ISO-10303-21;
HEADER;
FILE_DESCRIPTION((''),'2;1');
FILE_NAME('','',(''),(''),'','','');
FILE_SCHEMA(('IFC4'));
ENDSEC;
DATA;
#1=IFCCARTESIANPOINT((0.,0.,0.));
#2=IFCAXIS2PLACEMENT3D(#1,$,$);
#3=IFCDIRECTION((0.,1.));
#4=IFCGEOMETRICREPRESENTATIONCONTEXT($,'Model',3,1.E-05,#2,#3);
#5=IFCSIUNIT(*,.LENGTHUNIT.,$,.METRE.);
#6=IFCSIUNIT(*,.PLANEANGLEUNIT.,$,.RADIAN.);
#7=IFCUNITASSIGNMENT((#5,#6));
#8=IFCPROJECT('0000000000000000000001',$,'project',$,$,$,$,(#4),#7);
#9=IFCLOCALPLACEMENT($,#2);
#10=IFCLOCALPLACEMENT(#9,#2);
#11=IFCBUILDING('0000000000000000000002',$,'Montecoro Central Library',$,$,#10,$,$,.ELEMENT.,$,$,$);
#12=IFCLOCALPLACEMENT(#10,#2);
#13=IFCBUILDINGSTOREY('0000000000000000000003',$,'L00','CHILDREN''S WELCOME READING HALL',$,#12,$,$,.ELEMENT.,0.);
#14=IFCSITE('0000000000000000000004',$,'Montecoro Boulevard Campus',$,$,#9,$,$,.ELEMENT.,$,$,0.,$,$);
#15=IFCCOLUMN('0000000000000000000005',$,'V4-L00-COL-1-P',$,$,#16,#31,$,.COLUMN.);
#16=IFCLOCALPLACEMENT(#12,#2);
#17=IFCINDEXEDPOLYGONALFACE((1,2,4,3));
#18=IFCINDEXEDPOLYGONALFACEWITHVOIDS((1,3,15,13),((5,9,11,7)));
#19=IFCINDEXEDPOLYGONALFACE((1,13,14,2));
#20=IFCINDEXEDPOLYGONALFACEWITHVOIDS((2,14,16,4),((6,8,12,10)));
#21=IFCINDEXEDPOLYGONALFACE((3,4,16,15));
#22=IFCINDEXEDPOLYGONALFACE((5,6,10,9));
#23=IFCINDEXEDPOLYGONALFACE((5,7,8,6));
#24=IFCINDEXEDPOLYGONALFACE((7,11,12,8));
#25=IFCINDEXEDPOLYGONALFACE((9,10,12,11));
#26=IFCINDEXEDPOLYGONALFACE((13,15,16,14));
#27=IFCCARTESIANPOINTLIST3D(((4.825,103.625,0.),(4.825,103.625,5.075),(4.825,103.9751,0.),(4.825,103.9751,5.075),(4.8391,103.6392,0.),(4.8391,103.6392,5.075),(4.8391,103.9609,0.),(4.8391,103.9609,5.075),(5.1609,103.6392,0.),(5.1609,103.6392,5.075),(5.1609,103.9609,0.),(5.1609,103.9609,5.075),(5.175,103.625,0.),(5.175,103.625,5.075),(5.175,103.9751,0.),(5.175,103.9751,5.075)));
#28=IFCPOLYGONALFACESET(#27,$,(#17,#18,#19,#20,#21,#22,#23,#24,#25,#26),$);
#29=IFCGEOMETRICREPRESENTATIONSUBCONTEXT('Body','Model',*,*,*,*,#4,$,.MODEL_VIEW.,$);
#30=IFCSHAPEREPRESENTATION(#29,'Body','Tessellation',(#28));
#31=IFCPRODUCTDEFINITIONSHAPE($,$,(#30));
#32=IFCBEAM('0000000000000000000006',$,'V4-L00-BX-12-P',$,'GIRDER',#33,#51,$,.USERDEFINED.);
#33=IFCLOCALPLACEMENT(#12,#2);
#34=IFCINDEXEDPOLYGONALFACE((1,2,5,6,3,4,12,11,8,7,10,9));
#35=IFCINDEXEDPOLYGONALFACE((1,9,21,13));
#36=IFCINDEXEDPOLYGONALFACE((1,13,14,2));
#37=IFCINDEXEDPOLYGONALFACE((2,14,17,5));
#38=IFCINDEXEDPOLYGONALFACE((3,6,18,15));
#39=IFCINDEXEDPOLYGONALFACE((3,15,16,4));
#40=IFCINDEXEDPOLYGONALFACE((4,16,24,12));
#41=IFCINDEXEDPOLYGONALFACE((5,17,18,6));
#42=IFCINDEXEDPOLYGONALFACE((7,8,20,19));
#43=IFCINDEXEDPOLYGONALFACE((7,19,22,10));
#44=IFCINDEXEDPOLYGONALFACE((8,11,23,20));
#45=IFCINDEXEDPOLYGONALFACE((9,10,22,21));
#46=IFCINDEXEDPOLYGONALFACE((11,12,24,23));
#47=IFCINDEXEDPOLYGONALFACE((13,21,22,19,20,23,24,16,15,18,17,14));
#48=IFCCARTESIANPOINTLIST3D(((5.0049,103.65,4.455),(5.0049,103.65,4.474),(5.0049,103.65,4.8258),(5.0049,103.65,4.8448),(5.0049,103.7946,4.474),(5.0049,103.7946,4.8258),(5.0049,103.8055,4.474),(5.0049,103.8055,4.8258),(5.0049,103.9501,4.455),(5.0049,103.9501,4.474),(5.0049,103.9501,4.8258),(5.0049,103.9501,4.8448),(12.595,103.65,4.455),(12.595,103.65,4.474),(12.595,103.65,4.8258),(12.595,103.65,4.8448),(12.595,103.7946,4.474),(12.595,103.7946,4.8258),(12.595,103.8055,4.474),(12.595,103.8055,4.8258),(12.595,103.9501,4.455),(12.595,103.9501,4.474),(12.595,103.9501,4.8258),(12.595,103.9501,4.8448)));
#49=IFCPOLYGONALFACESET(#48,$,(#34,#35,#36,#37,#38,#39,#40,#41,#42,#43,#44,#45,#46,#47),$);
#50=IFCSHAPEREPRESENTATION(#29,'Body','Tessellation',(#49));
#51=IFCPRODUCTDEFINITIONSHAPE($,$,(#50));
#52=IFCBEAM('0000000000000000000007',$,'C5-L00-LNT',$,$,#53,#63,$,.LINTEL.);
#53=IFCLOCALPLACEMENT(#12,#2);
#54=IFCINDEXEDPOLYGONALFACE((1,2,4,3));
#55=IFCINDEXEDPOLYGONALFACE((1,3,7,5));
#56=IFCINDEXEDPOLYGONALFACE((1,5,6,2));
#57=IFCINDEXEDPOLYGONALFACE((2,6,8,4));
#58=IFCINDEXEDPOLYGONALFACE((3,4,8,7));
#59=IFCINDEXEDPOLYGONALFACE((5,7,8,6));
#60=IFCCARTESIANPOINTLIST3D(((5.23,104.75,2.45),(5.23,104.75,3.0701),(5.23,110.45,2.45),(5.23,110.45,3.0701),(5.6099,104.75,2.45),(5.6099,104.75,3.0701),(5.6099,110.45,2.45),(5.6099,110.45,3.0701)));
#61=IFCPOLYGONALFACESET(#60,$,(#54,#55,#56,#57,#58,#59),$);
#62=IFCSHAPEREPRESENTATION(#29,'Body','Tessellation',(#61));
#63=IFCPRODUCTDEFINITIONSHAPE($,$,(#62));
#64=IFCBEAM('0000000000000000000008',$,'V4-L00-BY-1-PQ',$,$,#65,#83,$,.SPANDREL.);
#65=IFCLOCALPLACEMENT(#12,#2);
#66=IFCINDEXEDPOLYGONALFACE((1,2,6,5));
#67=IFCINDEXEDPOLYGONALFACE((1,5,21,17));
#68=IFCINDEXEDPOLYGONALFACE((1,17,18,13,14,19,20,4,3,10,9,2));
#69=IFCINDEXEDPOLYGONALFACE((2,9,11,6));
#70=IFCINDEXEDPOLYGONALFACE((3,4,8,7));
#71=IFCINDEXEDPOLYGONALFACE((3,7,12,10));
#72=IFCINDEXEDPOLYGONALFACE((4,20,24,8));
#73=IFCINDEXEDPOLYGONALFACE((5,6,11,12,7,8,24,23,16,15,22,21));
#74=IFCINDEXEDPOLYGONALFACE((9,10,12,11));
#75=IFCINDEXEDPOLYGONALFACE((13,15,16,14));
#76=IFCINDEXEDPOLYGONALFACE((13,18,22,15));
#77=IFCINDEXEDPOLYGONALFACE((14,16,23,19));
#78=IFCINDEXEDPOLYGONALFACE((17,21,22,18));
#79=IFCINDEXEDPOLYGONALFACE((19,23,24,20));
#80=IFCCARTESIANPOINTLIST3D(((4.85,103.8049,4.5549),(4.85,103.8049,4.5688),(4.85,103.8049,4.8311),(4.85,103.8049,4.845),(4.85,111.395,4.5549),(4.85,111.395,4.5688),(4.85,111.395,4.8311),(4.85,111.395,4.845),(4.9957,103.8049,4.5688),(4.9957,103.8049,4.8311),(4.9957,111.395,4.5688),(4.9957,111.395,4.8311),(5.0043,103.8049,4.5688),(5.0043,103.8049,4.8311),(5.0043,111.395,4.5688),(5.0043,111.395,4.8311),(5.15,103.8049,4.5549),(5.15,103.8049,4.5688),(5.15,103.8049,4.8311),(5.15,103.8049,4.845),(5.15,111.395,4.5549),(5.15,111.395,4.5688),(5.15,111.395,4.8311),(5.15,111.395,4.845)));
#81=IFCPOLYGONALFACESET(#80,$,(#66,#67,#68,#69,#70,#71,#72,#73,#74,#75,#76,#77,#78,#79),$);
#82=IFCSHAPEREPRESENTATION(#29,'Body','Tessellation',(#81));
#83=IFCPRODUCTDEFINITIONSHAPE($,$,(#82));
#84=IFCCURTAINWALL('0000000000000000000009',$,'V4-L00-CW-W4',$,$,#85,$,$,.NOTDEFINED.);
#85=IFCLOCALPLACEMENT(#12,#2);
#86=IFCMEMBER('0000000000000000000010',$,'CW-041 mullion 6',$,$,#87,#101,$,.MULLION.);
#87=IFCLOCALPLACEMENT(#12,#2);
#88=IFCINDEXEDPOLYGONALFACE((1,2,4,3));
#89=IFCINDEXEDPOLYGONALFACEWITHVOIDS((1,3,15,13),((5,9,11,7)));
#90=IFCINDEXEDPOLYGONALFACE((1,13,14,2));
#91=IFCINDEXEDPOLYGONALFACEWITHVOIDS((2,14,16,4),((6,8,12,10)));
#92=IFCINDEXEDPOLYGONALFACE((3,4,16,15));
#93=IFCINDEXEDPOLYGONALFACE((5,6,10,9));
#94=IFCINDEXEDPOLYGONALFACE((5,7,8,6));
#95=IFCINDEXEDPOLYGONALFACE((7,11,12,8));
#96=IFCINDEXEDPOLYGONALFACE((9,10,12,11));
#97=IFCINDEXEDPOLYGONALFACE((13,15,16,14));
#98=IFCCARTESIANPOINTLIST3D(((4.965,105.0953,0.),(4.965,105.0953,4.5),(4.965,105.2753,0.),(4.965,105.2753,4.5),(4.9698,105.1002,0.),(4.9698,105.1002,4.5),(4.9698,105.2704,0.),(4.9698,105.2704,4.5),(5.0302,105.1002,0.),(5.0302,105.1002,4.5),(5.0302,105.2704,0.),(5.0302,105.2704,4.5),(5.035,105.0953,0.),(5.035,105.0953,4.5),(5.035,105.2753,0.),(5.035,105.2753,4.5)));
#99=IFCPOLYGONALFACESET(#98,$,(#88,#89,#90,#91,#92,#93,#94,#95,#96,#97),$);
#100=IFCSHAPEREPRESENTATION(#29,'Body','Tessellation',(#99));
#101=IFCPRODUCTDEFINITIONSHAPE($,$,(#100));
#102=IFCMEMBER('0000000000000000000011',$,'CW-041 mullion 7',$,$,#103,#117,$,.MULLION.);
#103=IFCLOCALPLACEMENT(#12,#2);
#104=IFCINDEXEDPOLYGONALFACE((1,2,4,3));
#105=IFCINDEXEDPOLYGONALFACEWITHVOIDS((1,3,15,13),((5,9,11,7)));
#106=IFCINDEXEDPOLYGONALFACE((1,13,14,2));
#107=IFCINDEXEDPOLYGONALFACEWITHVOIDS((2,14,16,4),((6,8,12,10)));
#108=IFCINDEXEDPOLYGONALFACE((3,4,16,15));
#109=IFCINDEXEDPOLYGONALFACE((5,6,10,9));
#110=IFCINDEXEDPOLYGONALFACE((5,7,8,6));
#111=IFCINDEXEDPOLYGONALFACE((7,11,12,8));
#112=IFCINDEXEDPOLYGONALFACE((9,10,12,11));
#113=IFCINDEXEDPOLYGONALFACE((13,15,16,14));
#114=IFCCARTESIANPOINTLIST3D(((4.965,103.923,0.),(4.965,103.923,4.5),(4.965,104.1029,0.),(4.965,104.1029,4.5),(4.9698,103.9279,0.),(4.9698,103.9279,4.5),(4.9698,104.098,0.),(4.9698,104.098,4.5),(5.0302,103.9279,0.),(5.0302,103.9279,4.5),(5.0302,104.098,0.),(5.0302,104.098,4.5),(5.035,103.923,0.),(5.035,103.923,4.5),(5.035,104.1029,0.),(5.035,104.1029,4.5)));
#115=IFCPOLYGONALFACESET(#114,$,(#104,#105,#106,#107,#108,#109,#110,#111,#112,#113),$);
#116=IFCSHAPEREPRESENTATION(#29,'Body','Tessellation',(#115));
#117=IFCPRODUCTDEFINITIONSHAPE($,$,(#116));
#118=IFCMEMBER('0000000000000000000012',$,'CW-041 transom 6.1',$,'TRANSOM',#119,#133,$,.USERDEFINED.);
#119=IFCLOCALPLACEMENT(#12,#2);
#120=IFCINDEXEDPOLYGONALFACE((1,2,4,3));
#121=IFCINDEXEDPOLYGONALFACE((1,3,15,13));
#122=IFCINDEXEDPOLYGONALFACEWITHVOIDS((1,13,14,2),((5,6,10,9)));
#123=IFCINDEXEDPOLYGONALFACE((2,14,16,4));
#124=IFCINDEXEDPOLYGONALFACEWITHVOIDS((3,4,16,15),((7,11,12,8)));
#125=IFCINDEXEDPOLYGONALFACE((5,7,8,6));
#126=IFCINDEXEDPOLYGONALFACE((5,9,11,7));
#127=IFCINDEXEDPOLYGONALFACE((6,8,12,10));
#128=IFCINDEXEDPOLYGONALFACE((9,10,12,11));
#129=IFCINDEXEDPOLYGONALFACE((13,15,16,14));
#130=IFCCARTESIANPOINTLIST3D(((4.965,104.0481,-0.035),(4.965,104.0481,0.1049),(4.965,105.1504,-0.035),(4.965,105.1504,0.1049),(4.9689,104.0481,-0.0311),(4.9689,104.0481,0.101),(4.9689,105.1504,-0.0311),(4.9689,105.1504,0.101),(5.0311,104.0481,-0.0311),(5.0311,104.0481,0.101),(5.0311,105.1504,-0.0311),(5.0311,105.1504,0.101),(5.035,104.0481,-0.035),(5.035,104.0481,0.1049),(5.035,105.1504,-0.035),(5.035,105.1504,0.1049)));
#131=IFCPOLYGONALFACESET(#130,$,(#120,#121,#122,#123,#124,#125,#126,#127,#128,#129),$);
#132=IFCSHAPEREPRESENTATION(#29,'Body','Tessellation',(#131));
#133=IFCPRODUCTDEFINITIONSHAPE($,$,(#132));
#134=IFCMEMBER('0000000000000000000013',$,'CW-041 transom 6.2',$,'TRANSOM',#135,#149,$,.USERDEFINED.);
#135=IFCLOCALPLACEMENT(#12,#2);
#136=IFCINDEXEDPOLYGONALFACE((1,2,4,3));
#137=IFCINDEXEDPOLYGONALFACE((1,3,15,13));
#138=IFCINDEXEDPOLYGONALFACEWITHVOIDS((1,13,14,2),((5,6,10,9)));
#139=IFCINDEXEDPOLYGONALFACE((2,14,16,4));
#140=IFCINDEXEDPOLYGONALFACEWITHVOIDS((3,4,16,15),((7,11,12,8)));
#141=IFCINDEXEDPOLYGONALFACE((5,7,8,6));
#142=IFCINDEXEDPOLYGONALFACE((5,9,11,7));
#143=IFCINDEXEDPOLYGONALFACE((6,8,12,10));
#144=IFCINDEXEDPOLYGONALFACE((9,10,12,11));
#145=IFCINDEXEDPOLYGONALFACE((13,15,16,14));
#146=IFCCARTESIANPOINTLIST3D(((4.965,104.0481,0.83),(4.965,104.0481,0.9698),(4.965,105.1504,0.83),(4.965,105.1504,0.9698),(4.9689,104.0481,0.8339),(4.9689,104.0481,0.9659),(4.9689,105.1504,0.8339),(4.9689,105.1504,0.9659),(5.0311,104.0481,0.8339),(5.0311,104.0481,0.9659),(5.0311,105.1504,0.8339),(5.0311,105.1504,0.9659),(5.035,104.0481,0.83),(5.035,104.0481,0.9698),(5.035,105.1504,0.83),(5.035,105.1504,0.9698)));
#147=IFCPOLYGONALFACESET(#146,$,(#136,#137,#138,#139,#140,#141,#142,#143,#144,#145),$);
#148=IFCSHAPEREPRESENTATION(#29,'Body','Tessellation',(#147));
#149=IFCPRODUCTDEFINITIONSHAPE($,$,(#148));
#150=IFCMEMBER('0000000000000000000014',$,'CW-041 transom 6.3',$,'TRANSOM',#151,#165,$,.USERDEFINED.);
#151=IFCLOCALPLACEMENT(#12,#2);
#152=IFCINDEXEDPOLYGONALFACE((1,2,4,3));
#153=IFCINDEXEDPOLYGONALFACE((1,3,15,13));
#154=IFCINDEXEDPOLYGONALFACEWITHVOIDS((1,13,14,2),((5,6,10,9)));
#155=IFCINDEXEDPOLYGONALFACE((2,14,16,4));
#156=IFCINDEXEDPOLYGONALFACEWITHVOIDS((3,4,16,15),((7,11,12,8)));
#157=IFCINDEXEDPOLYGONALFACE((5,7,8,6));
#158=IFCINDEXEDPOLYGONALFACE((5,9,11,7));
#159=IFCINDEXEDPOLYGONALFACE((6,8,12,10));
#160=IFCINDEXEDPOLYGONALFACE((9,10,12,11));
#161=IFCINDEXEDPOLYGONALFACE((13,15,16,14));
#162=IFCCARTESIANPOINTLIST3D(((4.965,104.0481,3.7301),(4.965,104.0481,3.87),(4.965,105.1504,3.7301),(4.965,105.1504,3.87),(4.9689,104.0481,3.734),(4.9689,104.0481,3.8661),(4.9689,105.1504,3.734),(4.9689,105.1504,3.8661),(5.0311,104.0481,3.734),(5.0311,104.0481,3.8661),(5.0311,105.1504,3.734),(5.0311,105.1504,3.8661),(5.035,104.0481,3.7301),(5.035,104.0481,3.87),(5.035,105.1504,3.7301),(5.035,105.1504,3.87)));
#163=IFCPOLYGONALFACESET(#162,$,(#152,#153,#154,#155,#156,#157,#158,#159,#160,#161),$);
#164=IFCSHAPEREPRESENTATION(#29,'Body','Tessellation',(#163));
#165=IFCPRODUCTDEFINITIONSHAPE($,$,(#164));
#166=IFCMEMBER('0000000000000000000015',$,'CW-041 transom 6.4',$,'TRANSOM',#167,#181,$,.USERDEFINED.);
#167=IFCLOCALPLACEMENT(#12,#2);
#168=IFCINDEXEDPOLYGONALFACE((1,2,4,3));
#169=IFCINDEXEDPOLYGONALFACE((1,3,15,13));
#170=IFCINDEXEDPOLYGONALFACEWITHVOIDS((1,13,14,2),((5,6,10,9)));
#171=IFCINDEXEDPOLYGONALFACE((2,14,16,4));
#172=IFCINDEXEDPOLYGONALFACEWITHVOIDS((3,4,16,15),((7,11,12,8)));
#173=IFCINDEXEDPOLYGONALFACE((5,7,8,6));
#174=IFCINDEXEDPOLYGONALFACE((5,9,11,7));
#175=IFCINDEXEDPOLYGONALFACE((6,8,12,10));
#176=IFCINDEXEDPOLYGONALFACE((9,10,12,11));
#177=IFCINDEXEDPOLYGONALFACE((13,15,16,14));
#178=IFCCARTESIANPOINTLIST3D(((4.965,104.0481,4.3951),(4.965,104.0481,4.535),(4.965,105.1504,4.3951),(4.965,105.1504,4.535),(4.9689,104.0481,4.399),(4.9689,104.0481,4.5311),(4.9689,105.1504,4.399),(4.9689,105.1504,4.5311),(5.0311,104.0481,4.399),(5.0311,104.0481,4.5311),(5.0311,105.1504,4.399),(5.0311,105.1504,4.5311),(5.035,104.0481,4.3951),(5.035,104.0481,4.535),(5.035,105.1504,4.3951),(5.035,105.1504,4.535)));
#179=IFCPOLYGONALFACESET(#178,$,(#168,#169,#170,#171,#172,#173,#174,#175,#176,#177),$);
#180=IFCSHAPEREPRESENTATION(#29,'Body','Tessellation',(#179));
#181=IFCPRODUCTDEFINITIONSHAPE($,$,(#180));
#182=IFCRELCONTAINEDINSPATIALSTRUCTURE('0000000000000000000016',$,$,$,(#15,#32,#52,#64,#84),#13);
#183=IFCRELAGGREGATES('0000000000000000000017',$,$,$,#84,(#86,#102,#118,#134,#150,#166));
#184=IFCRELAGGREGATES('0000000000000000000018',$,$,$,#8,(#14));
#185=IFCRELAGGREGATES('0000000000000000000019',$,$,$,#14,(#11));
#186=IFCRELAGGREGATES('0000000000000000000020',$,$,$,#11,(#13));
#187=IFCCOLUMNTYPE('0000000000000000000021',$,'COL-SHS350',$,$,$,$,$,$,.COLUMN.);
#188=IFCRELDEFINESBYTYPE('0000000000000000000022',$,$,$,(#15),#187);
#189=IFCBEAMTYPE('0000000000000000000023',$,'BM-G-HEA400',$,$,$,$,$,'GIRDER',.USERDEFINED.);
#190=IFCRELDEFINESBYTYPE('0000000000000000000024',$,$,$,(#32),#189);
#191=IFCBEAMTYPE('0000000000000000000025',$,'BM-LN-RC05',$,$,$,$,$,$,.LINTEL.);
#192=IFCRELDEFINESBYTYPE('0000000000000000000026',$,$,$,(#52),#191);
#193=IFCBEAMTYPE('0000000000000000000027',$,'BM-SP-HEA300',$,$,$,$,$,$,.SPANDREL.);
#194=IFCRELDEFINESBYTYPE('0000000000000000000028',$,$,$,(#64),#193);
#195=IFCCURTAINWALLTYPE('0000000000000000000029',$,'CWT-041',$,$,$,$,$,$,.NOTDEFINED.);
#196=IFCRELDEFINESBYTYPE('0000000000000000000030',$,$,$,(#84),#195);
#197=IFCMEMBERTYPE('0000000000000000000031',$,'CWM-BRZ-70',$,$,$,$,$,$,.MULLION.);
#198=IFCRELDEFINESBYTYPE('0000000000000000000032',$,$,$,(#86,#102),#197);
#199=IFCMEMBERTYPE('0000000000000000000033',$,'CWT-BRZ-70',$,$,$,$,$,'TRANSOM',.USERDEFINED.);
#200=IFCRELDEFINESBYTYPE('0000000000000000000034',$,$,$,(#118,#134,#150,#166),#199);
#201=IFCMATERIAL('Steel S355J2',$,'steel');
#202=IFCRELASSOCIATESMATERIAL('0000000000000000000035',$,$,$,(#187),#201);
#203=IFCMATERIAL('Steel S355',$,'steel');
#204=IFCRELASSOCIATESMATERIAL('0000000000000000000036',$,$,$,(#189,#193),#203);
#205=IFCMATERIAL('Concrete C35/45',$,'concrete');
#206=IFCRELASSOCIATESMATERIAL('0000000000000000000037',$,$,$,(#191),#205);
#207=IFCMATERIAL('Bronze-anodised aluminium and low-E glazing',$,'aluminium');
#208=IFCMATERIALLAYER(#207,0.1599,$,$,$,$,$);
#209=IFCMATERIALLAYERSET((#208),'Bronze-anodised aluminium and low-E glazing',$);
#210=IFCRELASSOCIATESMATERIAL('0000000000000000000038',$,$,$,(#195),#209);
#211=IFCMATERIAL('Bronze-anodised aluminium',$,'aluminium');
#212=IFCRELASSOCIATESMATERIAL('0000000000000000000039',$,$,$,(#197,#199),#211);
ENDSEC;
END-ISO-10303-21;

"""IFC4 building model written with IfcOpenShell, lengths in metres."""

from ifc_helpers import new_model, si_unit, direction, frame, origin, origin_2d, place, context, subcontext, project, spatial, rectangle, hollow_rectangle, i_section, extrude, material, layer, layer_set, material_profile, profile_set, type_object, element, aggregate, save


model = new_model("IFC4")

# Units and contexts
model_context = context("Model", 3, precision=1e-05, world=origin(), true_north=direction((0.0, 1.0)))
body_context = subcontext(model_context, "Body", "Model", "MODEL_VIEW")
ifc_project = project(units=[si_unit("LENGTHUNIT", "METRE"), si_unit("PLANEANGLEUNIT", "RADIAN")], contexts=[model_context])

# Site, building, storey
site_placement = place(None, origin())
site = spatial("IfcSite", under=ifc_project, at=site_placement, Name="Montecoro Boulevard Campus", CompositionType="ELEMENT", RefElevation=0.0)
building_placement = place(site_placement, origin())
building = spatial("IfcBuilding", under=site, at=building_placement, Name="Montecoro Central Library", CompositionType="ELEMENT")
storey_placement = place(building_placement, origin())
storey = spatial("IfcBuildingStorey", under=building, at=storey_placement, Name="L00", Description="CHILDREN'S WELCOME READING HALL", CompositionType="ELEMENT", Elevation=0.0)

# Column
ifc_material_1 = material(Name="Steel S355J2", Category="steel")
ifc_material_profile_1 = material_profile(ifc_material_1, hollow_rectangle(XDim=0.3501, YDim=0.3501, WallThickness=0.0142, at=origin_2d()), Name="SHS 350x350x14.2")
ifc_profile_set_1 = profile_set([ifc_material_profile_1], Name="Steel S355J2")
column_type = type_object("IfcColumnType", Name="COL-SHS350", PredefinedType="COLUMN", material=ifc_profile_set_1)
column_placement = place(storey_placement, frame((5.0, 103.8, 0.0), z_axis=(0.0, 0.0, 1.0), x_axis=(1.0, 0.0, 0.0)))
element("IfcColumn", 1, at=column_placement, inside=storey, type_object=column_type, Name="V4-L00-COL-1-P", PredefinedType="COLUMN", context=body_context, shape_type="SweptSolid", body=[
    extrude(hollow_rectangle(XDim=0.3501, YDim=0.3501, WallThickness=0.0142, at=origin_2d()), origin(), (0.0, 0.0, 1.0), 5.075),
])

# Beams
ifc_material_2 = material(Name="Steel S355", Category="steel")
ifc_material_profile_2 = material_profile(ifc_material_2, i_section(OverallWidth=0.3, OverallDepth=0.3899, WebThickness=0.011, FlangeThickness=0.019, at=origin_2d()), Name="HEA 400")
ifc_profile_set_2 = profile_set([ifc_material_profile_2], Name="Steel S355")
beam_type_1 = type_object("IfcBeamType", Name="BM-G-HEA400", ElementType="GIRDER", PredefinedType="USERDEFINED", material=ifc_profile_set_2)
beam_1_placement = place(storey_placement, frame((5.0049, 103.8, 4.6499), z_axis=(1.0, 0.0, 0.0), x_axis=(0.0, 1.0, 0.0)))
element("IfcBeam", 2, at=beam_1_placement, inside=storey, type_object=beam_type_1, Name="V4-L00-BX-12-P", ObjectType="GIRDER", PredefinedType="USERDEFINED", context=body_context, shape_type="SweptSolid", body=[
    extrude(i_section(OverallWidth=0.3, OverallDepth=0.3899, WebThickness=0.011, FlangeThickness=0.019, at=origin_2d()), origin(), (0.0, 0.0, 1.0), 7.5901),
])
ifc_material_3 = material(Name="Concrete C35/45", Category="concrete")
ifc_material_profile_3 = material_profile(ifc_material_3, rectangle(XDim=0.3799, YDim=0.6201, at=origin_2d()), Name="RC LNT 620x380")
ifc_profile_set_3 = profile_set([ifc_material_profile_3], Name="Concrete C35/45")
beam_type_2 = type_object("IfcBeamType", Name="BM-LN-RC05", PredefinedType="LINTEL", material=ifc_profile_set_3)
beam_2_placement = place(storey_placement, frame((5.4199, 104.75, 2.76), z_axis=(0.0, 1.0, 0.0), x_axis=(-1.0, 0.0, 0.0)))
element("IfcBeam", 3, at=beam_2_placement, inside=storey, type_object=beam_type_2, Name="C5-L00-LNT", PredefinedType="LINTEL", context=body_context, shape_type="SweptSolid", body=[
    extrude(rectangle(XDim=0.3799, YDim=0.6201, at=origin_2d()), origin(), (0.0, 0.0, 1.0), 5.7),
])
ifc_material_profile_4 = material_profile(ifc_material_2, i_section(OverallWidth=0.3, OverallDepth=0.29, WebThickness=0.0085, FlangeThickness=0.0139, at=origin_2d()), Name="HEA 300")
ifc_profile_set_4 = profile_set([ifc_material_profile_4], Name="Steel S355")
beam_type_3 = type_object("IfcBeamType", Name="BM-SP-HEA300", PredefinedType="SPANDREL", material=ifc_profile_set_4)
beam_3_placement = place(storey_placement, frame((5.0, 103.8049, 4.7), z_axis=(0.0, 1.0, 0.0), x_axis=(-1.0, 0.0, 0.0)))
element("IfcBeam", 4, at=beam_3_placement, inside=storey, type_object=beam_type_3, Name="V4-L00-BY-1-PQ", PredefinedType="SPANDREL", context=body_context, shape_type="SweptSolid", body=[
    extrude(i_section(OverallWidth=0.3, OverallDepth=0.29, WebThickness=0.0085, FlangeThickness=0.0139, at=origin_2d()), origin(), (0.0, 0.0, 1.0), 7.5901),
])

# Curtain wall, members
ifc_material_4 = material(Name="Bronze-anodised aluminium and low-E glazing", Category="aluminium")
ifc_layer_1 = layer(ifc_material_4, 0.1599)
ifc_layer_set_1 = layer_set([ifc_layer_1], Name="Bronze-anodised aluminium and low-E glazing")
curtain_wall_type = type_object("IfcCurtainWallType", Name="CWT-041", PredefinedType="NOTDEFINED", material=ifc_layer_set_1)
curtain_wall_placement = place(storey_placement, origin())
curtain_wall = element("IfcCurtainWall", 5, at=curtain_wall_placement, inside=storey, type_object=curtain_wall_type, Name="V4-L00-CW-W4", PredefinedType="NOTDEFINED")
ifc_material_5 = material(Name="Bronze-anodised aluminium", Category="aluminium")
ifc_material_profile_5 = material_profile(ifc_material_5, hollow_rectangle(XDim=0.0701, YDim=0.1799, WallThickness=0.0049, at=origin_2d()), Name="CWM 180x70x5.0")
ifc_profile_set_5 = profile_set([ifc_material_profile_5], Name="Bronze-anodised aluminium")
member_type_1 = type_object("IfcMemberType", Name="CWM-BRZ-70", PredefinedType="MULLION", material=ifc_profile_set_5)
member_1_placement = place(storey_placement, frame((5.0, 105.1853, 0.0), z_axis=(0.0, 0.0, 1.0), x_axis=(1.0, 0.0, 0.0)))
member_1 = element("IfcMember", 6, at=member_1_placement, type_object=member_type_1, Name="CW-041 mullion 6", PredefinedType="MULLION", context=body_context, shape_type="SweptSolid", body=[
    extrude(hollow_rectangle(XDim=0.0701, YDim=0.1799, WallThickness=0.0049, at=origin_2d()), origin(), (0.0, 0.0, 1.0), 4.5),
])
member_2_placement = place(storey_placement, frame((5.0, 104.0129, 0.0), z_axis=(0.0, 0.0, 1.0), x_axis=(1.0, 0.0, 0.0)))
member_2 = element("IfcMember", 7, at=member_2_placement, type_object=member_type_1, Name="CW-041 mullion 7", PredefinedType="MULLION", context=body_context, shape_type="SweptSolid", body=[
    extrude(hollow_rectangle(XDim=0.0701, YDim=0.1799, WallThickness=0.0049, at=origin_2d()), origin(), (0.0, 0.0, 1.0), 4.5),
])
ifc_material_profile_6 = material_profile(ifc_material_5, hollow_rectangle(XDim=0.0701, YDim=0.1399, WallThickness=0.0039, at=origin_2d()), Name="CWT 140x70x4.0")
ifc_profile_set_6 = profile_set([ifc_material_profile_6], Name="Bronze-anodised aluminium")
member_type_2 = type_object("IfcMemberType", Name="CWT-BRZ-70", ElementType="TRANSOM", PredefinedType="USERDEFINED", material=ifc_profile_set_6)
member_3_placement = place(storey_placement, frame((5.0, 105.1504, 0.0349), z_axis=(0.0, -1.0, 0.0), x_axis=(1.0, 0.0, 0.0)))
member_3 = element("IfcMember", 8, at=member_3_placement, type_object=member_type_2, Name="CW-041 transom 6.1", ObjectType="TRANSOM", PredefinedType="USERDEFINED", context=body_context, shape_type="SweptSolid", body=[
    extrude(hollow_rectangle(XDim=0.0701, YDim=0.1399, WallThickness=0.0039, at=origin_2d()), origin(), (0.0, 0.0, 1.0), 1.1023),
])
member_4_placement = place(storey_placement, frame((5.0, 105.1504, 0.8999), z_axis=(0.0, -1.0, 0.0), x_axis=(1.0, 0.0, 0.0)))
member_4 = element("IfcMember", 9, at=member_4_placement, type_object=member_type_2, Name="CW-041 transom 6.2", ObjectType="TRANSOM", PredefinedType="USERDEFINED", context=body_context, shape_type="SweptSolid", body=[
    extrude(hollow_rectangle(XDim=0.0701, YDim=0.1399, WallThickness=0.0039, at=origin_2d()), origin(), (0.0, 0.0, 1.0), 1.1023),
])
member_5_placement = place(storey_placement, frame((5.0, 105.1504, 3.8), z_axis=(0.0, -1.0, 0.0), x_axis=(1.0, 0.0, 0.0)))
member_5 = element("IfcMember", 10, at=member_5_placement, type_object=member_type_2, Name="CW-041 transom 6.3", ObjectType="TRANSOM", PredefinedType="USERDEFINED", context=body_context, shape_type="SweptSolid", body=[
    extrude(hollow_rectangle(XDim=0.0701, YDim=0.1399, WallThickness=0.0039, at=origin_2d()), origin(), (0.0, 0.0, 1.0), 1.1023),
])
member_6_placement = place(storey_placement, frame((5.0, 105.1504, 4.4651), z_axis=(0.0, -1.0, 0.0), x_axis=(1.0, 0.0, 0.0)))
member_6 = element("IfcMember", 11, at=member_6_placement, type_object=member_type_2, Name="CW-041 transom 6.4", ObjectType="TRANSOM", PredefinedType="USERDEFINED", context=body_context, shape_type="SweptSolid", body=[
    extrude(hollow_rectangle(XDim=0.0701, YDim=0.1399, WallThickness=0.0039, at=origin_2d()), origin(), (0.0, 0.0, 1.0), 1.1023),
])
aggregate(curtain_wall, [member_1, member_2, member_3, member_4, member_5, member_6])

save(model, "model.ifc")
